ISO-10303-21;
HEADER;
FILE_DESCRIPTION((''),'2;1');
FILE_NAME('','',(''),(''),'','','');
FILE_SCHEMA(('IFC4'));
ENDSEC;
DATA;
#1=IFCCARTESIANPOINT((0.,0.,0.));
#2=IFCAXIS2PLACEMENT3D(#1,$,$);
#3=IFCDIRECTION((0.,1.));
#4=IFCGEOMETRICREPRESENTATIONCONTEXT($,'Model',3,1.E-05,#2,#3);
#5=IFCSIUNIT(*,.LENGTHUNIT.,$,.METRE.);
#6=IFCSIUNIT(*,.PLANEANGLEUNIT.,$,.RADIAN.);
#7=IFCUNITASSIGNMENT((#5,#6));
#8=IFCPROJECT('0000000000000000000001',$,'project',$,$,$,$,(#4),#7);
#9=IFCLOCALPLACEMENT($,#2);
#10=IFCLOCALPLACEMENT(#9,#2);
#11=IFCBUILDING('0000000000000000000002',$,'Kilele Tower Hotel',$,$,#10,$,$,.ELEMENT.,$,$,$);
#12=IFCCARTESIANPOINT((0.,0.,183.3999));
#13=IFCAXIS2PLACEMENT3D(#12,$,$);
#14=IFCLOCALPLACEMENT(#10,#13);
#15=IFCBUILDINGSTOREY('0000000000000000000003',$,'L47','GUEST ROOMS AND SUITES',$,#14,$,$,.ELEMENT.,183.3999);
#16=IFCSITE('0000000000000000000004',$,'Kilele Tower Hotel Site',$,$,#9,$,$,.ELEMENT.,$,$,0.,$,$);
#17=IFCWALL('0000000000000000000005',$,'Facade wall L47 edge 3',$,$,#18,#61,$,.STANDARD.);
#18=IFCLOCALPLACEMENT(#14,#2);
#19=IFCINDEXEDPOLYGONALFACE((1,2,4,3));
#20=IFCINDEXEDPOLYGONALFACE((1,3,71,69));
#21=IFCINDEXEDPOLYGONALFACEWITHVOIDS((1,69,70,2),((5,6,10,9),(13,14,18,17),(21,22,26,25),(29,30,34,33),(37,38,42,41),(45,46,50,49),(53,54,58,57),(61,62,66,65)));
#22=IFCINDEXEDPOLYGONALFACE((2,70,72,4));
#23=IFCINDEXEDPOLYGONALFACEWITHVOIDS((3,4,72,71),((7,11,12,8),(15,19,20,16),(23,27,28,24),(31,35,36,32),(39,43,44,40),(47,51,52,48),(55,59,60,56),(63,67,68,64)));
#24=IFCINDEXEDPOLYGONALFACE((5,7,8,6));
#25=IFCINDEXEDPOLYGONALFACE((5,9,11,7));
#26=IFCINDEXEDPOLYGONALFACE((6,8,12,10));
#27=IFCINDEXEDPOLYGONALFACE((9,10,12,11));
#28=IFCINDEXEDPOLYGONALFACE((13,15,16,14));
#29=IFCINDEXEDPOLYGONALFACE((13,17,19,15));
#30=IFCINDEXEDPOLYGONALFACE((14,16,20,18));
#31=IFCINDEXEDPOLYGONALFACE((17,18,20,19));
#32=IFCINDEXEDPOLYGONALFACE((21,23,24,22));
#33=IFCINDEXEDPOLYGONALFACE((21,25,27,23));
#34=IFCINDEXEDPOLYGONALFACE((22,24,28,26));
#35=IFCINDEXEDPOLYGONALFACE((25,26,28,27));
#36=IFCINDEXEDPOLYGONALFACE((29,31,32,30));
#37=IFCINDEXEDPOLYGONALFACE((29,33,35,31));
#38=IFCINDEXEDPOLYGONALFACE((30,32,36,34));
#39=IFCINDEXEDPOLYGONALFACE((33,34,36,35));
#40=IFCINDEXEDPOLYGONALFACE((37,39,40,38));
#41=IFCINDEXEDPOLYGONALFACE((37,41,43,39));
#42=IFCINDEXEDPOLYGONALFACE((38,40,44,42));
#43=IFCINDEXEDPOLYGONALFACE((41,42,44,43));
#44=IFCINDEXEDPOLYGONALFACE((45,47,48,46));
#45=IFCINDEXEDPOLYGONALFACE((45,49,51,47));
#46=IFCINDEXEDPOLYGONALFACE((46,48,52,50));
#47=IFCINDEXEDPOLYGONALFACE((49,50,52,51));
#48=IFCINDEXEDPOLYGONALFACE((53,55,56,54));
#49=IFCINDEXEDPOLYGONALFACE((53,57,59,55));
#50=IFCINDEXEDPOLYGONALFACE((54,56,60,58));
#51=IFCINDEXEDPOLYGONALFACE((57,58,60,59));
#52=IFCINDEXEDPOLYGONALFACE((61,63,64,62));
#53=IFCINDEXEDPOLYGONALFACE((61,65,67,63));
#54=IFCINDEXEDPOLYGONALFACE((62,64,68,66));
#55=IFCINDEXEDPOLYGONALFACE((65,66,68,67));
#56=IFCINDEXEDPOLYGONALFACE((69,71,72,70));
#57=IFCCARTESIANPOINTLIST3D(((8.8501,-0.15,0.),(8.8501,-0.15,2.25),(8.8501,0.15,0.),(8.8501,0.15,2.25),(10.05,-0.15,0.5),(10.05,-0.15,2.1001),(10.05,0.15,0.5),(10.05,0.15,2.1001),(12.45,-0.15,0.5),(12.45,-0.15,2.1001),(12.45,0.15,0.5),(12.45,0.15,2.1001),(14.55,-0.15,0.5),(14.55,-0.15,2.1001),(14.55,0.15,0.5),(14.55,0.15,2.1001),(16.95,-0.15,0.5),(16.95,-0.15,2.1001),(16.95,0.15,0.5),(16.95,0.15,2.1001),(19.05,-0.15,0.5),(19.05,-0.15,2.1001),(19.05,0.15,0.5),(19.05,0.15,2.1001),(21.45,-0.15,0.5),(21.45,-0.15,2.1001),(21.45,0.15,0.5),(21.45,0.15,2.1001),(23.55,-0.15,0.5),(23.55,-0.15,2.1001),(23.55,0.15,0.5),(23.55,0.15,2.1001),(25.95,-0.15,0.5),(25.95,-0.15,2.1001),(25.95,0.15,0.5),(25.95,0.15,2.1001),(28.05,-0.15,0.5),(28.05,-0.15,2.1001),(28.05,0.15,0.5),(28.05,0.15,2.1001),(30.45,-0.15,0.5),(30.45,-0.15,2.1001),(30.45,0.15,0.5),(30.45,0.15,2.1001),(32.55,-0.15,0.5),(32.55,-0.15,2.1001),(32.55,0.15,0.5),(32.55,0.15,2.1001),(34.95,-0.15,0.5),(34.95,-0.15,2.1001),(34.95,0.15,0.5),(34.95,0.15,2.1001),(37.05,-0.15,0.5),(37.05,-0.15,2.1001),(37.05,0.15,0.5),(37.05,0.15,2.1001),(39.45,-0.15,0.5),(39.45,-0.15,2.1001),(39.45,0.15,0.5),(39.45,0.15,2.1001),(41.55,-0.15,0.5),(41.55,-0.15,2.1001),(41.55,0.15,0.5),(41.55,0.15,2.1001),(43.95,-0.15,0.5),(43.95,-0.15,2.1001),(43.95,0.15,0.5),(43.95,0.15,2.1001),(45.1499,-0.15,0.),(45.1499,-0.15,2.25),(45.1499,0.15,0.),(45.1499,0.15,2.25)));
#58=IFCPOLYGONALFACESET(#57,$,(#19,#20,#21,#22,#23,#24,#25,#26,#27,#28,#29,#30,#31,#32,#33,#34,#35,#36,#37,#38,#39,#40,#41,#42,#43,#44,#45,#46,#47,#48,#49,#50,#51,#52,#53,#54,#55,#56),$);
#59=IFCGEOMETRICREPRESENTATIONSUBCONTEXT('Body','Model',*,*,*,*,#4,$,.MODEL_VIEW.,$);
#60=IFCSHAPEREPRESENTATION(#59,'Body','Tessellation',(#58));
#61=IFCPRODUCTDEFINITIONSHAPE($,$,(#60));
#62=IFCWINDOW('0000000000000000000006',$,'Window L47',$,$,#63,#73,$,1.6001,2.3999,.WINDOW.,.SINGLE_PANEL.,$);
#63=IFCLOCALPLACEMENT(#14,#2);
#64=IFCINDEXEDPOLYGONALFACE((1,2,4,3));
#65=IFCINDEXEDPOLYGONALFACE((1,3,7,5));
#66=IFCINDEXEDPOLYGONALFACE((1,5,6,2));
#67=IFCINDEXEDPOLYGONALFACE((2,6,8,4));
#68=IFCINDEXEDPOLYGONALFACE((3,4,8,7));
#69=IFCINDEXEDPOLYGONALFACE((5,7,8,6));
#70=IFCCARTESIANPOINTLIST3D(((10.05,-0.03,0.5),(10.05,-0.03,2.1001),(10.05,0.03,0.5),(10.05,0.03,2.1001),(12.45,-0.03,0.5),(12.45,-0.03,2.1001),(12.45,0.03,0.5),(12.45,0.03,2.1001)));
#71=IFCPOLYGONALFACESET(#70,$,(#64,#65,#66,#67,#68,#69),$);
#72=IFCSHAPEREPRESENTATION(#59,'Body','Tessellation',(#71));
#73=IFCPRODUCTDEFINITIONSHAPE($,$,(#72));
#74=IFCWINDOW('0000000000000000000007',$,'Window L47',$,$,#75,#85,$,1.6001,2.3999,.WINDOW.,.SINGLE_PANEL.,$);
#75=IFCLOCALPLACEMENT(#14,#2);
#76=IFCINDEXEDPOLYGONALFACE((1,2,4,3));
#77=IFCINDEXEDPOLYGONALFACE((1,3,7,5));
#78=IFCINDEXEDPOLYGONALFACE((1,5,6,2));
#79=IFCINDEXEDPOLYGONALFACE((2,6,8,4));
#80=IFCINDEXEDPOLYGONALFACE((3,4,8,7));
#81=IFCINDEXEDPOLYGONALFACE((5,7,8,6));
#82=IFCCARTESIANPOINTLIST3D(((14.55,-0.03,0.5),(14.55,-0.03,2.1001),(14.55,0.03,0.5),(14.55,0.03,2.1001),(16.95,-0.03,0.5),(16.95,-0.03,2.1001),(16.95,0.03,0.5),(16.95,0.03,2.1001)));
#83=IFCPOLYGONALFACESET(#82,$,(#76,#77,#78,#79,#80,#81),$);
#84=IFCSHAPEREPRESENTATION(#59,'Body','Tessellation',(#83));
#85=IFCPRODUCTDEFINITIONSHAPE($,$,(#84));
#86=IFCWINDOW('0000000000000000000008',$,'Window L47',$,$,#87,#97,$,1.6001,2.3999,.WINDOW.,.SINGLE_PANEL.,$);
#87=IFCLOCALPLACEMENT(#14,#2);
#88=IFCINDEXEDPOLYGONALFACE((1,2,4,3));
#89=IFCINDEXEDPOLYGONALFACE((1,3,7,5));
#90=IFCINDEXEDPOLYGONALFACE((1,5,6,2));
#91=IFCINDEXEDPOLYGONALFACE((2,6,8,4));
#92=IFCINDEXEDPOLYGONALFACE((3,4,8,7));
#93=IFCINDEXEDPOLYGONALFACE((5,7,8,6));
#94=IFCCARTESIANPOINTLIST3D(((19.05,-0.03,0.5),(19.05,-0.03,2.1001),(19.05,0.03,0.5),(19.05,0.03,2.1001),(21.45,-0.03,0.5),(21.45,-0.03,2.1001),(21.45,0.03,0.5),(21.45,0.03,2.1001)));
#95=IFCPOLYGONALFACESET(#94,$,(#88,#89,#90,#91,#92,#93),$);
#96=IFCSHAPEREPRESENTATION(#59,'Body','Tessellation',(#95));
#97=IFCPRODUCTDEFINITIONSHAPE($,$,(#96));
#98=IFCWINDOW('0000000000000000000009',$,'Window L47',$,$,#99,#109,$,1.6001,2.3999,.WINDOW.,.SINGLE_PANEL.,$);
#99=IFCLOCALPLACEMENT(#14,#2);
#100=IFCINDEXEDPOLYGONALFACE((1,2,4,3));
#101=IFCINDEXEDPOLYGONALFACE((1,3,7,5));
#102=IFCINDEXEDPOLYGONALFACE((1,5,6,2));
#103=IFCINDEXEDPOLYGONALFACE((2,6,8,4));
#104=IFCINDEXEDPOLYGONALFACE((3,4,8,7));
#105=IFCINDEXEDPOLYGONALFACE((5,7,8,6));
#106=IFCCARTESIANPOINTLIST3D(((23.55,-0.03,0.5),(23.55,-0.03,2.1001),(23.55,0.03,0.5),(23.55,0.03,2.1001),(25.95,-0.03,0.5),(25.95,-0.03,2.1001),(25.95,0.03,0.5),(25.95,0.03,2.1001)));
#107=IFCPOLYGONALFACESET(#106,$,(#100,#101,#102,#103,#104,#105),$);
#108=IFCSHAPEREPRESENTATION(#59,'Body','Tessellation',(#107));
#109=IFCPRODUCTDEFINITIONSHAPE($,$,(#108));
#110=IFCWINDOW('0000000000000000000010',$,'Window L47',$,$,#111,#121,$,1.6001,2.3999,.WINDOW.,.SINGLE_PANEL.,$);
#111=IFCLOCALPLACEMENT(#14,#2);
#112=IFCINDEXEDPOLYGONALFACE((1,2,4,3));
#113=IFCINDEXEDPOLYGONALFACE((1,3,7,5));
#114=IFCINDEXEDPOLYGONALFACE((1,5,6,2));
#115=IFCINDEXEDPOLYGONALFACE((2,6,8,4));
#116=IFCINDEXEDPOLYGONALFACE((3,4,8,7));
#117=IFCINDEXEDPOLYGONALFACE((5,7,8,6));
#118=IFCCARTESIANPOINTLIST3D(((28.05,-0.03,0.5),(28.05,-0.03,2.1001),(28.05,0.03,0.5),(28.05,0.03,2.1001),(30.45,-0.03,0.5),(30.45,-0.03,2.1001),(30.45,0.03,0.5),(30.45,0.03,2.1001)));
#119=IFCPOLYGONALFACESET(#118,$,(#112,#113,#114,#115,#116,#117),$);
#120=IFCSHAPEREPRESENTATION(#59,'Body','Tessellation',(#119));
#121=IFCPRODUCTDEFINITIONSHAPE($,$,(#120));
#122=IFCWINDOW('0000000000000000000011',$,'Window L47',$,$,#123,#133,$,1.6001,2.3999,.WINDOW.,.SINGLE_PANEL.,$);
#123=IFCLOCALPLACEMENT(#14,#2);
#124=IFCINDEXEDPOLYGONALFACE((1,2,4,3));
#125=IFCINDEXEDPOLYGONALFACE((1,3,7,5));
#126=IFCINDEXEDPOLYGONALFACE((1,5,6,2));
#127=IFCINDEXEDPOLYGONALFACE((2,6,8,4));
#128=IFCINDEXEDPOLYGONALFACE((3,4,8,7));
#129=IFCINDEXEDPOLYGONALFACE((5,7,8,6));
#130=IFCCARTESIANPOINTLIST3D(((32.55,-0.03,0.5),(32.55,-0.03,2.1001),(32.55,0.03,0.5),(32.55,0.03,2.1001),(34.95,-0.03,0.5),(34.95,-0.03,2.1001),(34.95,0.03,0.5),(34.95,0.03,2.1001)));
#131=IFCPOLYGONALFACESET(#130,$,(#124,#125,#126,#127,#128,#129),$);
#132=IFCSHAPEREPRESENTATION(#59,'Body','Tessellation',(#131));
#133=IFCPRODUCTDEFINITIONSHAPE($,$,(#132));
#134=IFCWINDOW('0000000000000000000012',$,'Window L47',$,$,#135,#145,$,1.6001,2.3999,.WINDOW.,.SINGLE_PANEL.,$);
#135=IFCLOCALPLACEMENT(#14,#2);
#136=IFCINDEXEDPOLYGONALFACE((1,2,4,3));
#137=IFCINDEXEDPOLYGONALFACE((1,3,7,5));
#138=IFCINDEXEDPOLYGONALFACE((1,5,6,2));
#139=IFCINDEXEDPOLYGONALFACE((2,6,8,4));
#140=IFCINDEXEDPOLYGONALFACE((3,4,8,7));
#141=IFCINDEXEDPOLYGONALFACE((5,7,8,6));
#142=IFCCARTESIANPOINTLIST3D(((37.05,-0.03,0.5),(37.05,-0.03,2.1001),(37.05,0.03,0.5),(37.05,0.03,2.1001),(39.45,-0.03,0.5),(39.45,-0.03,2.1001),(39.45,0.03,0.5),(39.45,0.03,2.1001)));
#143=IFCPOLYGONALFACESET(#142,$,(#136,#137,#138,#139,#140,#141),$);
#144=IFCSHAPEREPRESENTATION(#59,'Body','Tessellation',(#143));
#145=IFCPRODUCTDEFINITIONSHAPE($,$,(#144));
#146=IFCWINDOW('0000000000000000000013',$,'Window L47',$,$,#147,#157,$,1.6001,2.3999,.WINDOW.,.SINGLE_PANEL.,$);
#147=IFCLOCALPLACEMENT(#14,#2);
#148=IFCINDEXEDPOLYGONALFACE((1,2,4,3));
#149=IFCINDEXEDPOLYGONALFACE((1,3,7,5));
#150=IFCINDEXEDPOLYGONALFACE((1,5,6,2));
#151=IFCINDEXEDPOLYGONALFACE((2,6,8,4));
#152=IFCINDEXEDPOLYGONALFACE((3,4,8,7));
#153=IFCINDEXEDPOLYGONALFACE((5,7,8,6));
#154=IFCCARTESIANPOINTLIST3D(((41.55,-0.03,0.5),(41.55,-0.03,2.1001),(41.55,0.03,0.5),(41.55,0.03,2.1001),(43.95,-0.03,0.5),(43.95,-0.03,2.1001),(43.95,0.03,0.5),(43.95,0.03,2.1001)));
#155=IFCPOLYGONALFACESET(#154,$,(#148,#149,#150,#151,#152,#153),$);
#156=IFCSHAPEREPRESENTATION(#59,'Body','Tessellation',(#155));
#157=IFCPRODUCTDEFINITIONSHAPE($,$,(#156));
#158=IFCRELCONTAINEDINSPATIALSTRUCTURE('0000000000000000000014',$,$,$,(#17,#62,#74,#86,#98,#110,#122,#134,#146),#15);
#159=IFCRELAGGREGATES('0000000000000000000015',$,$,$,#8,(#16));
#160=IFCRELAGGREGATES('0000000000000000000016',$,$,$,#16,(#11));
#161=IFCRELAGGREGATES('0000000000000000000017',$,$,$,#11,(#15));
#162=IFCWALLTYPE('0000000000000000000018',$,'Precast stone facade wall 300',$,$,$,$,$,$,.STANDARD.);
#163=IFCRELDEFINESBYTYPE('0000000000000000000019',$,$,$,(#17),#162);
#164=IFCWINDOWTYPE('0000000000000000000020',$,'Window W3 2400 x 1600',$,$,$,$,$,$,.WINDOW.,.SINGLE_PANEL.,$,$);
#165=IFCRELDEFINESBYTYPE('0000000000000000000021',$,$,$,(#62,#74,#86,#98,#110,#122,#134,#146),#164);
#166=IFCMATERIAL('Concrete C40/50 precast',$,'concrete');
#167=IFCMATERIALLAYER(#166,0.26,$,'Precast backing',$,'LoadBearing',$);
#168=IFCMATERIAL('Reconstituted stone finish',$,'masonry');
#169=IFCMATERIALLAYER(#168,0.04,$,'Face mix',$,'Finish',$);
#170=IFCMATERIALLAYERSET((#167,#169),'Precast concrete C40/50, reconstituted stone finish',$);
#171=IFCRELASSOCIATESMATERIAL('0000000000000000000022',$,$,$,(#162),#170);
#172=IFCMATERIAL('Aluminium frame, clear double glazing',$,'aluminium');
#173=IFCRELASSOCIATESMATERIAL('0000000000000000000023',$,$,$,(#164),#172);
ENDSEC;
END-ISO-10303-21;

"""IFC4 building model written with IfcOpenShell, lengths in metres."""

from ifc_helpers import new_model, si_unit, direction, frame, frame_2d, origin, place, context, subcontext, project, spatial, rectangle, extrude, material, layer, layer_set, type_object, element, fill, save


model = new_model("IFC4")

# Units and contexts
model_context = context("Model", 3, precision=1e-05, world=origin(), true_north=direction((0.0, 1.0)))
body_context = subcontext(model_context, "Body", "Model", "MODEL_VIEW")
ifc_project = project(units=[si_unit("LENGTHUNIT", "METRE"), si_unit("PLANEANGLEUNIT", "RADIAN")], contexts=[model_context])

# Site, building, storey
site_placement = place(None, origin())
site = spatial("IfcSite", under=ifc_project, at=site_placement, Name="Kilele Tower Hotel Site", CompositionType="ELEMENT", RefElevation=0.0)
building_placement = place(site_placement, origin())
building = spatial("IfcBuilding", under=site, at=building_placement, Name="Kilele Tower Hotel", CompositionType="ELEMENT")
storey_placement = place(building_placement, frame((0.0, 0.0, 183.3999)))
storey = spatial("IfcBuildingStorey", under=building, at=storey_placement, Name="L47", Description="GUEST ROOMS AND SUITES", CompositionType="ELEMENT", Elevation=183.3999)

# Shared definitions
ifc_material_1 = material(Name="Concrete C40/50 precast", Category="concrete")
ifc_layer_1 = layer(ifc_material_1, 0.26, Name="Precast backing", Category="LoadBearing")
ifc_material_2 = material(Name="Reconstituted stone finish", Category="masonry")
ifc_layer_2 = layer(ifc_material_2, 0.04, Name="Face mix", Category="Finish")
ifc_layer_set_1 = layer_set([ifc_layer_1, ifc_layer_2], Name="Precast concrete C40/50, reconstituted stone finish")
wall_type_1 = type_object("IfcWallType", Name="Precast stone facade wall 300", PredefinedType="STANDARD", material=ifc_layer_set_1)

# Wall, openings, windows
wall_1_placement = place(storey_placement, frame((8.8501, 0.0, 0.0), z_axis=(0.0, 0.0, 1.0), x_axis=(1.0, 0.0, 0.0)))
wall_1 = element("IfcWall", 1, at=wall_1_placement, inside=storey, type_object=wall_type_1, Name="Facade wall L47 edge 3", PredefinedType="STANDARD", context=body_context, shape_type="SweptSolid", body=[
    extrude(rectangle(XDim=36.2998, YDim=0.3, at=frame_2d((18.1499, 0.0))), origin(), (0.0, 0.0, 1.0), 2.25),
])
opening_1_placement = place(wall_1_placement, frame((1.2, 0.0, 0.5)))
opening_1 = element("IfcOpeningElement", 2, at=opening_1_placement, cuts=wall_1, PredefinedType="OPENING", context=body_context, shape_type="SweptSolid", body=[
    extrude(rectangle(XDim=2.3999, YDim=1.6001, at=frame_2d((1.2, 0.8))), frame((0.0, 0.1599, 0.0), z_axis=(0.0, -1.0, 0.0), x_axis=(1.0, 0.0, 0.0)), (0.0, 0.0, 1.0), 0.3201),
])
opening_2_placement = place(wall_1_placement, frame((5.7, 0.0, 0.5)))
opening_2 = element("IfcOpeningElement", 3, at=opening_2_placement, cuts=wall_1, PredefinedType="OPENING", context=body_context, shape_type="SweptSolid", body=[
    extrude(rectangle(XDim=2.3999, YDim=1.6001, at=frame_2d((1.2, 0.8))), frame((0.0, 0.1599, 0.0), z_axis=(0.0, -1.0, 0.0), x_axis=(1.0, 0.0, 0.0)), (0.0, 0.0, 1.0), 0.3201),
])
opening_3_placement = place(wall_1_placement, frame((10.2, 0.0, 0.5)))
opening_3 = element("IfcOpeningElement", 4, at=opening_3_placement, cuts=wall_1, PredefinedType="OPENING", context=body_context, shape_type="SweptSolid", body=[
    extrude(rectangle(XDim=2.3999, YDim=1.6001, at=frame_2d((1.2, 0.8))), frame((0.0, 0.1599, 0.0), z_axis=(0.0, -1.0, 0.0), x_axis=(1.0, 0.0, 0.0)), (0.0, 0.0, 1.0), 0.3201),
])
opening_4_placement = place(wall_1_placement, frame((14.7, 0.0, 0.5)))
opening_4 = element("IfcOpeningElement", 5, at=opening_4_placement, cuts=wall_1, PredefinedType="OPENING", context=body_context, shape_type="SweptSolid", body=[
    extrude(rectangle(XDim=2.3999, YDim=1.6001, at=frame_2d((1.2, 0.8))), frame((0.0, 0.1599, 0.0), z_axis=(0.0, -1.0, 0.0), x_axis=(1.0, 0.0, 0.0)), (0.0, 0.0, 1.0), 0.3201),
])
opening_5_placement = place(wall_1_placement, frame((19.2, 0.0, 0.5)))
opening_5 = element("IfcOpeningElement", 6, at=opening_5_placement, cuts=wall_1, PredefinedType="OPENING", context=body_context, shape_type="SweptSolid", body=[
    extrude(rectangle(XDim=2.3999, YDim=1.6001, at=frame_2d((1.2, 0.8))), frame((0.0, 0.1599, 0.0), z_axis=(0.0, -1.0, 0.0), x_axis=(1.0, 0.0, 0.0)), (0.0, 0.0, 1.0), 0.3201),
])
opening_6_placement = place(wall_1_placement, frame((23.7, 0.0, 0.5)))
opening_6 = element("IfcOpeningElement", 7, at=opening_6_placement, cuts=wall_1, PredefinedType="OPENING", context=body_context, shape_type="SweptSolid", body=[
    extrude(rectangle(XDim=2.3999, YDim=1.6001, at=frame_2d((1.2, 0.8))), frame((0.0, 0.1599, 0.0), z_axis=(0.0, -1.0, 0.0), x_axis=(1.0, 0.0, 0.0)), (0.0, 0.0, 1.0), 0.3201),
])
opening_7_placement = place(wall_1_placement, frame((28.2, 0.0, 0.5)))
opening_7 = element("IfcOpeningElement", 8, at=opening_7_placement, cuts=wall_1, PredefinedType="OPENING", context=body_context, shape_type="SweptSolid", body=[
    extrude(rectangle(XDim=2.3999, YDim=1.6001, at=frame_2d((1.2, 0.8))), frame((0.0, 0.1599, 0.0), z_axis=(0.0, -1.0, 0.0), x_axis=(1.0, 0.0, 0.0)), (0.0, 0.0, 1.0), 0.3201),
])
opening_8_placement = place(wall_1_placement, frame((32.7, 0.0, 0.5)))
opening_8 = element("IfcOpeningElement", 9, at=opening_8_placement, cuts=wall_1, PredefinedType="OPENING", context=body_context, shape_type="SweptSolid", body=[
    extrude(rectangle(XDim=2.3999, YDim=1.6001, at=frame_2d((1.2, 0.8))), frame((0.0, 0.1599, 0.0), z_axis=(0.0, -1.0, 0.0), x_axis=(1.0, 0.0, 0.0)), (0.0, 0.0, 1.0), 0.3201),
])
ifc_material_3 = material(Name="Aluminium frame, clear double glazing", Category="aluminium")
window_type_1 = type_object("IfcWindowType", Name="Window W3 2400 x 1600", PartitioningType="SINGLE_PANEL", PredefinedType="WINDOW", material=ifc_material_3)
window_1_placement = place(opening_1_placement, origin())
window_1 = element("IfcWindow", 10, at=window_1_placement, inside=storey, type_object=window_type_1, Name="Window L47", OverallHeight=1.6001, OverallWidth=2.3999, PartitioningType="SINGLE_PANEL", PredefinedType="WINDOW", context=body_context, shape_type="SweptSolid", body=[
    extrude(rectangle(XDim=2.3999, YDim=1.6001, at=frame_2d((1.2, 0.8))), frame((0.0, 0.03, 0.0), z_axis=(0.0, -1.0, 0.0), x_axis=(1.0, 0.0, 0.0)), (0.0, 0.0, 1.0), 0.0601),
])
fill(opening_1, window_1)
window_2_placement = place(opening_2_placement, origin())
window_2 = element("IfcWindow", 11, at=window_2_placement, inside=storey, type_object=window_type_1, Name="Window L47", OverallHeight=1.6001, OverallWidth=2.3999, PartitioningType="SINGLE_PANEL", PredefinedType="WINDOW", context=body_context, shape_type="SweptSolid", body=[
    extrude(rectangle(XDim=2.3999, YDim=1.6001, at=frame_2d((1.2, 0.8))), frame((0.0, 0.03, 0.0), z_axis=(0.0, -1.0, 0.0), x_axis=(1.0, 0.0, 0.0)), (0.0, 0.0, 1.0), 0.0601),
])
fill(opening_2, window_2)
window_3_placement = place(opening_3_placement, origin())
window_3 = element("IfcWindow", 12, at=window_3_placement, inside=storey, type_object=window_type_1, Name="Window L47", OverallHeight=1.6001, OverallWidth=2.3999, PartitioningType="SINGLE_PANEL", PredefinedType="WINDOW", context=body_context, shape_type="SweptSolid", body=[
    extrude(rectangle(XDim=2.3999, YDim=1.6001, at=frame_2d((1.2, 0.8))), frame((0.0, 0.03, 0.0), z_axis=(0.0, -1.0, 0.0), x_axis=(1.0, 0.0, 0.0)), (0.0, 0.0, 1.0), 0.0601),
])
fill(opening_3, window_3)
window_4_placement = place(opening_4_placement, origin())
window_4 = element("IfcWindow", 13, at=window_4_placement, inside=storey, type_object=window_type_1, Name="Window L47", OverallHeight=1.6001, OverallWidth=2.3999, PartitioningType="SINGLE_PANEL", PredefinedType="WINDOW", context=body_context, shape_type="SweptSolid", body=[
    extrude(rectangle(XDim=2.3999, YDim=1.6001, at=frame_2d((1.2, 0.8))), frame((0.0, 0.03, 0.0), z_axis=(0.0, -1.0, 0.0), x_axis=(1.0, 0.0, 0.0)), (0.0, 0.0, 1.0), 0.0601),
])
fill(opening_4, window_4)
window_5_placement = place(opening_5_placement, origin())
window_5 = element("IfcWindow", 14, at=window_5_placement, inside=storey, type_object=window_type_1, Name="Window L47", OverallHeight=1.6001, OverallWidth=2.3999, PartitioningType="SINGLE_PANEL", PredefinedType="WINDOW", context=body_context, shape_type="SweptSolid", body=[
    extrude(rectangle(XDim=2.3999, YDim=1.6001, at=frame_2d((1.2, 0.8))), frame((0.0, 0.03, 0.0), z_axis=(0.0, -1.0, 0.0), x_axis=(1.0, 0.0, 0.0)), (0.0, 0.0, 1.0), 0.0601),
])
fill(opening_5, window_5)
window_6_placement = place(opening_6_placement, origin())
window_6 = element("IfcWindow", 15, at=window_6_placement, inside=storey, type_object=window_type_1, Name="Window L47", OverallHeight=1.6001, OverallWidth=2.3999, PartitioningType="SINGLE_PANEL", PredefinedType="WINDOW", context=body_context, shape_type="SweptSolid", body=[
    extrude(rectangle(XDim=2.3999, YDim=1.6001, at=frame_2d((1.2, 0.8))), frame((0.0, 0.03, 0.0), z_axis=(0.0, -1.0, 0.0), x_axis=(1.0, 0.0, 0.0)), (0.0, 0.0, 1.0), 0.0601),
])
fill(opening_6, window_6)
window_7_placement = place(opening_7_placement, origin())
window_7 = element("IfcWindow", 16, at=window_7_placement, inside=storey, type_object=window_type_1, Name="Window L47", OverallHeight=1.6001, OverallWidth=2.3999, PartitioningType="SINGLE_PANEL", PredefinedType="WINDOW", context=body_context, shape_type="SweptSolid", body=[
    extrude(rectangle(XDim=2.3999, YDim=1.6001, at=frame_2d((1.2, 0.8))), frame((0.0, 0.03, 0.0), z_axis=(0.0, -1.0, 0.0), x_axis=(1.0, 0.0, 0.0)), (0.0, 0.0, 1.0), 0.0601),
])
fill(opening_7, window_7)
window_8_placement = place(opening_8_placement, origin())
window_8 = element("IfcWindow", 17, at=window_8_placement, inside=storey, type_object=window_type_1, Name="Window L47", OverallHeight=1.6001, OverallWidth=2.3999, PartitioningType="SINGLE_PANEL", PredefinedType="WINDOW", context=body_context, shape_type="SweptSolid", body=[
    extrude(rectangle(XDim=2.3999, YDim=1.6001, at=frame_2d((1.2, 0.8))), frame((0.0, 0.03, 0.0), z_axis=(0.0, -1.0, 0.0), x_axis=(1.0, 0.0, 0.0)), (0.0, 0.0, 1.0), 0.0601),
])
fill(opening_8, window_8)

save(model, "model.ifc")
